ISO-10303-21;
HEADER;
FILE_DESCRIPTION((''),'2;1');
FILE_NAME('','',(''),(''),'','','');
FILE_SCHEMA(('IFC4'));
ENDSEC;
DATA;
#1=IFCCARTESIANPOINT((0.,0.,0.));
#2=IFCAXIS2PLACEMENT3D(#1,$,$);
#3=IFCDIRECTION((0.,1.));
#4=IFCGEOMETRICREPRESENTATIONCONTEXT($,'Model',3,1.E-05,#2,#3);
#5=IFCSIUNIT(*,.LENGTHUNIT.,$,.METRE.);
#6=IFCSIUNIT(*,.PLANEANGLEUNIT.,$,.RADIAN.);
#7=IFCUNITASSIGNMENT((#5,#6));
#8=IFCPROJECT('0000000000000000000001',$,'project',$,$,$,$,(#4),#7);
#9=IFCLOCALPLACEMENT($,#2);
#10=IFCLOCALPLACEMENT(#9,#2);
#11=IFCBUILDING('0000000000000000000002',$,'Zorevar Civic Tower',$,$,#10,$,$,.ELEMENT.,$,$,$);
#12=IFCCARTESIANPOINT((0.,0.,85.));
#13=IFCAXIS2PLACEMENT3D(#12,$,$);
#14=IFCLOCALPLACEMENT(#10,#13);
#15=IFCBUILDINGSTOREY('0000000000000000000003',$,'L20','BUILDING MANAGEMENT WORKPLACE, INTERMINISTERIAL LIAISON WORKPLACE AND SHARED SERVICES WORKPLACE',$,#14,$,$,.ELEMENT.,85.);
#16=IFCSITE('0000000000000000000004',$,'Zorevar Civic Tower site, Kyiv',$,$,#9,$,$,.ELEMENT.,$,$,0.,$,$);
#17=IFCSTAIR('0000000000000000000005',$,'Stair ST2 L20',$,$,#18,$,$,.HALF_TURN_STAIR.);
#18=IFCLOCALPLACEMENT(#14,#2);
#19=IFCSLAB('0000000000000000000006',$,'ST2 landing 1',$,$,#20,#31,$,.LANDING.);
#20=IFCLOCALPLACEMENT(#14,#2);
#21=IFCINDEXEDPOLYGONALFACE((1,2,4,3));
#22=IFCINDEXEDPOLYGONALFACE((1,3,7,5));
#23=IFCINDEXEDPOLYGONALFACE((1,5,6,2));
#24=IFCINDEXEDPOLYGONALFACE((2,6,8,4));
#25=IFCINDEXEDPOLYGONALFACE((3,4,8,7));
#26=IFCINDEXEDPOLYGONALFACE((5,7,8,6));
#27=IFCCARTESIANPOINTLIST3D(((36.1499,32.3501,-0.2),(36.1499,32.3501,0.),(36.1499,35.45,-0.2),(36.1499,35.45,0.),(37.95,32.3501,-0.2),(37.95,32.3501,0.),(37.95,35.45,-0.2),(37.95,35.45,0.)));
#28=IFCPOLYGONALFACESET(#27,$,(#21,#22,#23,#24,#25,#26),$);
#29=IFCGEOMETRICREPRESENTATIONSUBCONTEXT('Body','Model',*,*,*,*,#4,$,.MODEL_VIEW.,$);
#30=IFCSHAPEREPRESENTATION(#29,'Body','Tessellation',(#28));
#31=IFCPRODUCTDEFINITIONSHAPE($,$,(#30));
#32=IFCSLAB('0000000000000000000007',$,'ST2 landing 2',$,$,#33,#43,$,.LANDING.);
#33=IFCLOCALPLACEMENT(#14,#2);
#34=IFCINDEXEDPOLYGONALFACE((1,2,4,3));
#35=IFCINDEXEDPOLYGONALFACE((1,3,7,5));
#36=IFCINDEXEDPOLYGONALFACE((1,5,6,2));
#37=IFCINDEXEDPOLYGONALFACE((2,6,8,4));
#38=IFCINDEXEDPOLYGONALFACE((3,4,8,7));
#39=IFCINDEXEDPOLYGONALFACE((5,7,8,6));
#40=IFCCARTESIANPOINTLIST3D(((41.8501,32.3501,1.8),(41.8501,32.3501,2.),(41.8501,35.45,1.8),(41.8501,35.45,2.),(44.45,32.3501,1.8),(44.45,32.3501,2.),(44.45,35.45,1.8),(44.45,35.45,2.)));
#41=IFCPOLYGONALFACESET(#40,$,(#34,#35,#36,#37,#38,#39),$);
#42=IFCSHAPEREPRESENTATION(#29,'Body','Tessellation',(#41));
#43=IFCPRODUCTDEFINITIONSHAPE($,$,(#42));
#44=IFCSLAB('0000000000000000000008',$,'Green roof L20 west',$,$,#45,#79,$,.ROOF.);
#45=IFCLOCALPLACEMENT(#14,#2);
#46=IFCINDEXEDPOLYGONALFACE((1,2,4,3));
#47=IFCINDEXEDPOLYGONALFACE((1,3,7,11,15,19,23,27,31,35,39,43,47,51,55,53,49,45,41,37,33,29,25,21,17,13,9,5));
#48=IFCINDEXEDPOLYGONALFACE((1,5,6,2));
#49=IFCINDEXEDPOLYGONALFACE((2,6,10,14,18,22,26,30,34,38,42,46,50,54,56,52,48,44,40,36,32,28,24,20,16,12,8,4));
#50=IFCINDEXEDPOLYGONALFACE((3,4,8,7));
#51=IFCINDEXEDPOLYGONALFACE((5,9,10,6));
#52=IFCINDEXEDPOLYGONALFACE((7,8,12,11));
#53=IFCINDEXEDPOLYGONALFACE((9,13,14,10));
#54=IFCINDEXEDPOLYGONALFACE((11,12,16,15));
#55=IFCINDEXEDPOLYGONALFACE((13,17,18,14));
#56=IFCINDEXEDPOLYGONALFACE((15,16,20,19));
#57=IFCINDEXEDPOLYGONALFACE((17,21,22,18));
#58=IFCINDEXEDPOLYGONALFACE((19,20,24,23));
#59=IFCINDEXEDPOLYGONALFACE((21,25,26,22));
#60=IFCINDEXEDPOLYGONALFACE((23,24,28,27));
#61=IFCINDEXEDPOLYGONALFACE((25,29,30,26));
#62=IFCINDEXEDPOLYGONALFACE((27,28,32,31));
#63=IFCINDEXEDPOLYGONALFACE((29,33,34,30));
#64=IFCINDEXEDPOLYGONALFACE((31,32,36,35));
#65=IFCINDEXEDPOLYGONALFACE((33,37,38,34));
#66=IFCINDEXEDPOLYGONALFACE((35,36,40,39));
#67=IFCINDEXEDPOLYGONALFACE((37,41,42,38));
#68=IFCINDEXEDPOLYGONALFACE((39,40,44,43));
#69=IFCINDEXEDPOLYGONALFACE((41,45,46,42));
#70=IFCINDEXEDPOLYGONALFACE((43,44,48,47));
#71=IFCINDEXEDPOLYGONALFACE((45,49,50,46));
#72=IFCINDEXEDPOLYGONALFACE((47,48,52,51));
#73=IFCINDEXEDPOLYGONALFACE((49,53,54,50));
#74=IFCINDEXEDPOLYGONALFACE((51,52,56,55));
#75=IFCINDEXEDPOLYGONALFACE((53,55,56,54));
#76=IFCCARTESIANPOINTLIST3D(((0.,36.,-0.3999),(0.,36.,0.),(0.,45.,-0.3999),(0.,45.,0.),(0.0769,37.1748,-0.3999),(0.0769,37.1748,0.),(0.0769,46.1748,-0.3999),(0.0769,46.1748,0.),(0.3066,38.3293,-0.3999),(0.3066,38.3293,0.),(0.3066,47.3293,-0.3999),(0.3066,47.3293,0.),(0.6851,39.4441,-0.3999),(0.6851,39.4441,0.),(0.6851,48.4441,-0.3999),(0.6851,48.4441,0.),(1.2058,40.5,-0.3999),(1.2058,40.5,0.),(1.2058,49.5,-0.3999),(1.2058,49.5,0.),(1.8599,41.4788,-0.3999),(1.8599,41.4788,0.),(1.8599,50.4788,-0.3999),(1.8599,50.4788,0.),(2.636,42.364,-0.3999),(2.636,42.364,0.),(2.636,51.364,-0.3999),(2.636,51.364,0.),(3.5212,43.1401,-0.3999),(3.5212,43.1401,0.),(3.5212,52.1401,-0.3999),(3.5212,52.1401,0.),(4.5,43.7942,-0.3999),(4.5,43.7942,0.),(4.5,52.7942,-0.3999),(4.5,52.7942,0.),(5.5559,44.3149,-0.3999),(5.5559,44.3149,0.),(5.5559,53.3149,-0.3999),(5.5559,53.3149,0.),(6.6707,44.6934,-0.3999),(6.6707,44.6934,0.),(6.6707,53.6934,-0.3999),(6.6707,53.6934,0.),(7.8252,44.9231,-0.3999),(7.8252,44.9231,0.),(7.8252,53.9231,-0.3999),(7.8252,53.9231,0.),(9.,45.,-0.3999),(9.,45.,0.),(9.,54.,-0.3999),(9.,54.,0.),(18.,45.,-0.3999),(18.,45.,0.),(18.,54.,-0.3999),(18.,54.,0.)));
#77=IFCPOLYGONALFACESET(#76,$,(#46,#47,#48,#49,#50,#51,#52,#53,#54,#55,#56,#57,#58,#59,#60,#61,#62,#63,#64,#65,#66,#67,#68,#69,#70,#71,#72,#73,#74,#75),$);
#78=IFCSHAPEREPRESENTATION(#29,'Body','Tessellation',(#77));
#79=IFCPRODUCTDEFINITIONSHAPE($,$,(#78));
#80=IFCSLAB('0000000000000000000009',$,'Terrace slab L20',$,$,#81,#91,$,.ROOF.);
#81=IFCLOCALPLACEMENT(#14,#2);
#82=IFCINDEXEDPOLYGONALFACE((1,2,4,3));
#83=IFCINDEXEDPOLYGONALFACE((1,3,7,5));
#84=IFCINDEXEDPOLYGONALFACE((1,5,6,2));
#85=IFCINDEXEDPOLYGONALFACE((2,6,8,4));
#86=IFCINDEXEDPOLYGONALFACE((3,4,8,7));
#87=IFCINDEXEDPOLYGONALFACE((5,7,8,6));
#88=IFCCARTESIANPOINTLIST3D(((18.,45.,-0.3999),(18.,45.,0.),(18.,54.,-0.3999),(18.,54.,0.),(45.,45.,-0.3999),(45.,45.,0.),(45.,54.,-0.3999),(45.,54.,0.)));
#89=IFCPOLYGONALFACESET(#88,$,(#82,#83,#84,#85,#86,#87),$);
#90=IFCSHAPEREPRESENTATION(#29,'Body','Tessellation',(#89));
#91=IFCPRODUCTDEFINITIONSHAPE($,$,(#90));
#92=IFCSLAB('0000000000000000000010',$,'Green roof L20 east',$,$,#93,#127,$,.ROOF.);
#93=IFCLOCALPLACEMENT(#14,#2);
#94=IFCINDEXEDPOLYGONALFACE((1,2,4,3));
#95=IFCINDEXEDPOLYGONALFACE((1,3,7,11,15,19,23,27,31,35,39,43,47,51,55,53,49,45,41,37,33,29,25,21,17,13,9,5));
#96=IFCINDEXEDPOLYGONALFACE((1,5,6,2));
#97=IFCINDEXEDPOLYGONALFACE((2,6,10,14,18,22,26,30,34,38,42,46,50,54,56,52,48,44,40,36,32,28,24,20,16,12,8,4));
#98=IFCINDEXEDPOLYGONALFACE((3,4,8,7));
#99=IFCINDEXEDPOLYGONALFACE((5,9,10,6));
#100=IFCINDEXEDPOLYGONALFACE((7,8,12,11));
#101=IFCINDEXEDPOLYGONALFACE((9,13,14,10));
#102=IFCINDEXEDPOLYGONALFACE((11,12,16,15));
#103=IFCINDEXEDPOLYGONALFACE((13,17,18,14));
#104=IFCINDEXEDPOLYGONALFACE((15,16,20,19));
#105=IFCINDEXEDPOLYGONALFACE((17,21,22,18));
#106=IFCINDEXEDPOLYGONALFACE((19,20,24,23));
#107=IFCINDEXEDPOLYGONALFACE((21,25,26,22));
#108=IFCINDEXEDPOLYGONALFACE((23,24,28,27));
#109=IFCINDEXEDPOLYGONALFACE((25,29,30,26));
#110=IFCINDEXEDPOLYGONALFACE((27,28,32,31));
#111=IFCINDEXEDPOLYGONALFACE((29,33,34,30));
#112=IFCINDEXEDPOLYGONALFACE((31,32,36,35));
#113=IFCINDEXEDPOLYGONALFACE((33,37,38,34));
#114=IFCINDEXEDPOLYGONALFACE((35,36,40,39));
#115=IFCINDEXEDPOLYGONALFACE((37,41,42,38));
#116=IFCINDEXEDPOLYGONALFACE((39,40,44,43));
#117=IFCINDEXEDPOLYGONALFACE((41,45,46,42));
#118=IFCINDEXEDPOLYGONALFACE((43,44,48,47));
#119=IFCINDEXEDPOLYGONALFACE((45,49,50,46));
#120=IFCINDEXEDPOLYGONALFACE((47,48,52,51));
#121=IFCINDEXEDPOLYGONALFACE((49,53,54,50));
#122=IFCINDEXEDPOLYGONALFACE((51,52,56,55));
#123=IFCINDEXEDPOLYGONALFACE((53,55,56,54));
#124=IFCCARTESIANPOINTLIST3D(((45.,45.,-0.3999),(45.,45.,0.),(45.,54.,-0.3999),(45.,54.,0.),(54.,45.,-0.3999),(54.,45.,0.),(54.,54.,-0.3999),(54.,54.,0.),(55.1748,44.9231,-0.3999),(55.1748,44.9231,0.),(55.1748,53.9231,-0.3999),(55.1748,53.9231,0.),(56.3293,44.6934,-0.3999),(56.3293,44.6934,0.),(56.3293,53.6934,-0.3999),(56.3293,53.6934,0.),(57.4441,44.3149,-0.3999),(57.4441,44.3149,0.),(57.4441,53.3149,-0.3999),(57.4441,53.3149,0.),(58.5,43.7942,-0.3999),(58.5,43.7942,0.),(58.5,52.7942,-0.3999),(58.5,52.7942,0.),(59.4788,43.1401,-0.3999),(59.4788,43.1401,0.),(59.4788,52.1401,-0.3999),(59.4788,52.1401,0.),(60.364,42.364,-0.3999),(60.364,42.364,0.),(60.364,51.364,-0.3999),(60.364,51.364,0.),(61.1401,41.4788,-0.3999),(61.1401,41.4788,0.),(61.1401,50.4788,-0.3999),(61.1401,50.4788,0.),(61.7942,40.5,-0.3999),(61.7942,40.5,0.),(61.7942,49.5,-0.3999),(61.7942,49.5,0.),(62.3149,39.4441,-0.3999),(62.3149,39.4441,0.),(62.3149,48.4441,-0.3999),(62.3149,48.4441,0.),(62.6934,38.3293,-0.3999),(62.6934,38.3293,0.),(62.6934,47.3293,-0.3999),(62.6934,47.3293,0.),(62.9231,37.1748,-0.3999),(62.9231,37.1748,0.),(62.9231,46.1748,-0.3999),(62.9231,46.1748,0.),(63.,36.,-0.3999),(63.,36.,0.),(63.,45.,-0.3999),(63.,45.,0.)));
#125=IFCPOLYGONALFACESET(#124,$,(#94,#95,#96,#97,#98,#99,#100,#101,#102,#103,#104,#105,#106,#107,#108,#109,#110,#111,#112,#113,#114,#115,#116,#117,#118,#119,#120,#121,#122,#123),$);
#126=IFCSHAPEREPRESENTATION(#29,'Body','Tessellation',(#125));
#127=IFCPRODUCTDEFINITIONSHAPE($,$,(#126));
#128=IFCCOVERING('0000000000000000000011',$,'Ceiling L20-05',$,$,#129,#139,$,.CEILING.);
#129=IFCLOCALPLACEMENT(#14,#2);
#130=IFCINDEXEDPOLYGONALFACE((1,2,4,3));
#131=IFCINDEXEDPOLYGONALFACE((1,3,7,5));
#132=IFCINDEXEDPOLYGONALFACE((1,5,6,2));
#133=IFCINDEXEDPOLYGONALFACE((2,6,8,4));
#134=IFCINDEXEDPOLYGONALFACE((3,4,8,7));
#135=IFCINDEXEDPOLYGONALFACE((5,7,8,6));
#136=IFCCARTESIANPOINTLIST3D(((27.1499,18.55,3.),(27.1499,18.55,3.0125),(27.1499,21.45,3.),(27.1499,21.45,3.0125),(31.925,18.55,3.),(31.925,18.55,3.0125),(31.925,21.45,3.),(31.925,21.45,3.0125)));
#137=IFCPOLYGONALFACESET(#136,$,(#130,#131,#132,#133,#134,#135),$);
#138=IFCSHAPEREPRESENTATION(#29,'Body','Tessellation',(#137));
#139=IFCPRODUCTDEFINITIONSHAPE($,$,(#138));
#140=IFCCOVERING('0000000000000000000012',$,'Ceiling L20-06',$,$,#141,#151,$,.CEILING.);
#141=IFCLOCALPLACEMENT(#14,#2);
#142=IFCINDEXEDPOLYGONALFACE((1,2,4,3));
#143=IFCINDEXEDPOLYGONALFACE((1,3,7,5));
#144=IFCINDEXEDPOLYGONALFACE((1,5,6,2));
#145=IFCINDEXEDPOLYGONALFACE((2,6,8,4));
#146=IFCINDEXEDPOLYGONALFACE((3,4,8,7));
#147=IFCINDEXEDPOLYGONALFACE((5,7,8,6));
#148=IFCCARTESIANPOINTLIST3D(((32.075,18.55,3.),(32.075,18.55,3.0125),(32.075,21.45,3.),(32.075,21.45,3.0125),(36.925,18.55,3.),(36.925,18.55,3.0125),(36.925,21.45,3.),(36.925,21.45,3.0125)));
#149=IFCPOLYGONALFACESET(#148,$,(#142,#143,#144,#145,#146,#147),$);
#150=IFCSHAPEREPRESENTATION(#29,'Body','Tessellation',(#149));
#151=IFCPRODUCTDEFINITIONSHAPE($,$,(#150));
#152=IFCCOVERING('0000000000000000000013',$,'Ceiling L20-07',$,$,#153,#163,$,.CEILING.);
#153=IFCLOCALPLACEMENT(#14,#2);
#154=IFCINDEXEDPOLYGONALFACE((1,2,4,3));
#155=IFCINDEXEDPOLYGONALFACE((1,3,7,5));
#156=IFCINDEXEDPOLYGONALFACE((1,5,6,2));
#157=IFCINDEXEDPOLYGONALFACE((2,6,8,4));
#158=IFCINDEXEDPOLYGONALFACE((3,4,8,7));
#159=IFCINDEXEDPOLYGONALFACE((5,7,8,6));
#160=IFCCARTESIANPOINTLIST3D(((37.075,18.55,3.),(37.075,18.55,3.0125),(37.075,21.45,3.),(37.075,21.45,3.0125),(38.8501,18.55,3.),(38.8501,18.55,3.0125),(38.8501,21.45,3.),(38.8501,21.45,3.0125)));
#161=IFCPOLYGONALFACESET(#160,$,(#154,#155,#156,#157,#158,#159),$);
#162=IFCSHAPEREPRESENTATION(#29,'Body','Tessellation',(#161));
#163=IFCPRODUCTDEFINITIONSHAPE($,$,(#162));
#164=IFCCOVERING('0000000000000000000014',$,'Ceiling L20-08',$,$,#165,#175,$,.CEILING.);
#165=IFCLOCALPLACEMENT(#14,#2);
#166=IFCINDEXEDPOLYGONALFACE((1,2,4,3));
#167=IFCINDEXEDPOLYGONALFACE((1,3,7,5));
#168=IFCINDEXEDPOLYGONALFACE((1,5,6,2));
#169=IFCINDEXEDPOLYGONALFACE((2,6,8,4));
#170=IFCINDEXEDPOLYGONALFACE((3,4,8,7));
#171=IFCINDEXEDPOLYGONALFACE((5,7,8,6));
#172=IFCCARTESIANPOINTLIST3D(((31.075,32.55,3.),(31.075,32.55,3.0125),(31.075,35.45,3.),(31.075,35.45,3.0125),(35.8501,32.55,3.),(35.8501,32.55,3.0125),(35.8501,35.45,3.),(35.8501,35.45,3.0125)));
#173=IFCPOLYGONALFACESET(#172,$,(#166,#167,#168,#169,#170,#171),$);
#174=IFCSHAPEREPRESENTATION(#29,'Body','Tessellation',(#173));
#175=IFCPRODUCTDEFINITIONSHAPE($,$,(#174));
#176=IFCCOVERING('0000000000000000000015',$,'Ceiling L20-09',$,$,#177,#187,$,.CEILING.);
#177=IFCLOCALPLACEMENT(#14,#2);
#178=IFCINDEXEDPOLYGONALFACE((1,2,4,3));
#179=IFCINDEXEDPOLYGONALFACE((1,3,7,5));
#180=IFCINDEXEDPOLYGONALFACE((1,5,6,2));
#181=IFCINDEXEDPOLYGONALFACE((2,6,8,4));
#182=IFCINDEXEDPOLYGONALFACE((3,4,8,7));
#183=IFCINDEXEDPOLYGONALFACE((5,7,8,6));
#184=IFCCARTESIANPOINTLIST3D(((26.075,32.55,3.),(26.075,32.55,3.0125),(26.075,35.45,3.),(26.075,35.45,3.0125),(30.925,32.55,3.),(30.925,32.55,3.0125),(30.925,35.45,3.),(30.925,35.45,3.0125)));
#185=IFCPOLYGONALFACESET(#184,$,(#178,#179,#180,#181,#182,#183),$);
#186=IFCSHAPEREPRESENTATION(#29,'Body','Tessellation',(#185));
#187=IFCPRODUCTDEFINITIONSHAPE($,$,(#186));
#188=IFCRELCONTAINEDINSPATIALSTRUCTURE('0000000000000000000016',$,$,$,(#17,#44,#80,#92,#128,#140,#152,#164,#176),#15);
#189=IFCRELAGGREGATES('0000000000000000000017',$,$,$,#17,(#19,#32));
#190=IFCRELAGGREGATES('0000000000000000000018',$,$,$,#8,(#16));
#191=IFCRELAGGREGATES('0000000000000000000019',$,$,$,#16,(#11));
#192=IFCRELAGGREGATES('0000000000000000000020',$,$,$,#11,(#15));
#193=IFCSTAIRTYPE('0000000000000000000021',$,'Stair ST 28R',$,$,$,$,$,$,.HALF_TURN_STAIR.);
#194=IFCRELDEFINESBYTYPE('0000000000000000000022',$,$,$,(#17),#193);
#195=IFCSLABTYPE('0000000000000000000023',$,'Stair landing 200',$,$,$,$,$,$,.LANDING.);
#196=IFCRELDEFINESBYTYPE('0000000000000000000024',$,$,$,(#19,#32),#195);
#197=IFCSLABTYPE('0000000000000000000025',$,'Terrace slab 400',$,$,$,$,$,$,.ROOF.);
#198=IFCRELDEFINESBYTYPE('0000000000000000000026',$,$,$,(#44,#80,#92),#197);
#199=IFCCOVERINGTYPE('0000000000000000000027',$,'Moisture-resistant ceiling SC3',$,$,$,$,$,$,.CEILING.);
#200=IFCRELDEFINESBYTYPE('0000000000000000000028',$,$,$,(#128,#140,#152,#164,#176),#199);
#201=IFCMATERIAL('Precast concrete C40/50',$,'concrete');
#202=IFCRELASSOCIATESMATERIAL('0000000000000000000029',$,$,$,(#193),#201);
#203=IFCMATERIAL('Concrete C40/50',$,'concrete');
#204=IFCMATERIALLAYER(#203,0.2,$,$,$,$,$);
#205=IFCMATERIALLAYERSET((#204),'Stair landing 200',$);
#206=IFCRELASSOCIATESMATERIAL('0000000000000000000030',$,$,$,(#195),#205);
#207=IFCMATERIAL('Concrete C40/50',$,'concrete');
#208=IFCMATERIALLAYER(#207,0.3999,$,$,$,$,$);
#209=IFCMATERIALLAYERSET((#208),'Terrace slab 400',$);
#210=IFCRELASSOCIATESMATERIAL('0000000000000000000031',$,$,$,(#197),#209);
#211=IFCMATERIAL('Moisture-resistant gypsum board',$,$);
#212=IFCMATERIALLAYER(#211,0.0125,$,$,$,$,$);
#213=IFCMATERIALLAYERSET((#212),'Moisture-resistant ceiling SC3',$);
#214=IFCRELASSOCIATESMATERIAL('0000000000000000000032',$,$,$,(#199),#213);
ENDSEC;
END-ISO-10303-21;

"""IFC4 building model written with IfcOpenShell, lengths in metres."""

from ifc_helpers import new_model, si_unit, direction, frame, origin, place, context, subcontext, project, spatial, polyline, outline, extrude, material, layer, layer_set, type_object, element, aggregate, save


model = new_model("IFC4")

# Units and contexts
model_context = context("Model", 3, precision=1e-05, world=origin(), true_north=direction((0.0, 1.0)))
body_context = subcontext(model_context, "Body", "Model", "MODEL_VIEW")
ifc_project = project(units=[si_unit("LENGTHUNIT", "METRE"), si_unit("PLANEANGLEUNIT", "RADIAN")], contexts=[model_context])

# Site, building, storey
site_placement = place(None, origin())
site = spatial("IfcSite", under=ifc_project, at=site_placement, Name="Zorevar Civic Tower site, Kyiv", CompositionType="ELEMENT", RefElevation=0.0)
building_placement = place(site_placement, origin())
building = spatial("IfcBuilding", under=site, at=building_placement, Name="Zorevar Civic Tower", CompositionType="ELEMENT")
storey_placement = place(building_placement, frame((0.0, 0.0, 85.0)))
storey = spatial("IfcBuildingStorey", under=building, at=storey_placement, Name="L20", Description="BUILDING MANAGEMENT WORKPLACE, INTERMINISTERIAL LIAISON WORKPLACE AND SHARED SERVICES WORKPLACE", CompositionType="ELEMENT", Elevation=85.0)

# Stair, slabs
ifc_material_1 = material(Name="Precast concrete C40/50", Category="concrete")
stair_type = type_object("IfcStairType", Name="Stair ST 28R", PredefinedType="HALF_TURN_STAIR", material=ifc_material_1)
ifc_material_2 = material(Name="Concrete C40/50", Category="concrete")
ifc_layer_1 = layer(ifc_material_2, 0.2)
ifc_layer_set_1 = layer_set([ifc_layer_1], Name="Stair landing 200")
slab_type_1 = type_object("IfcSlabType", Name="Stair landing 200", PredefinedType="LANDING", material=ifc_layer_set_1)
stair_1_placement = place(storey_placement, origin())
stair_1 = element("IfcStair", 1, at=stair_1_placement, inside=storey, type_object=stair_type, Name="Stair ST2 L20", PredefinedType="HALF_TURN_STAIR")
slab_1_placement = place(storey_placement, frame((0.0, 0.0, -0.2)))
slab_1 = element("IfcSlab", 2, at=slab_1_placement, type_object=slab_type_1, Name="ST2 landing 1", PredefinedType="LANDING", context=body_context, shape_type="SweptSolid", body=[
    extrude(outline(polyline([(37.95, 32.3501), (36.1499, 32.3501), (36.1499, 35.45), (37.95, 35.45), (37.95, 32.3501)])), origin(), (0.0, 0.0, 1.0), 0.2),
])
slab_2_placement = place(storey_placement, frame((0.0, 0.0, 1.8)))
slab_2 = element("IfcSlab", 3, at=slab_2_placement, type_object=slab_type_1, Name="ST2 landing 2", PredefinedType="LANDING", context=body_context, shape_type="SweptSolid", body=[
    extrude(outline(polyline([(44.45, 32.3501), (41.8501, 32.3501), (41.8501, 35.45), (44.45, 35.45), (44.45, 32.3501)])), origin(), (0.0, 0.0, 1.0), 0.2),
])
aggregate(stair_1, [slab_1, slab_2])

# Slabs
ifc_material_3 = material(Name="Concrete C40/50", Category="concrete")
ifc_layer_2 = layer(ifc_material_3, 0.3999)
ifc_layer_set_2 = layer_set([ifc_layer_2], Name="Terrace slab 400")
slab_type_2 = type_object("IfcSlabType", Name="Terrace slab 400", PredefinedType="ROOF", material=ifc_layer_set_2)
slab_3_placement = place(storey_placement, frame((0.0, 0.0, -0.3999)))
element("IfcSlab", 4, at=slab_3_placement, inside=storey, type_object=slab_type_2, Name="Green roof L20 west", PredefinedType="ROOF", context=body_context, shape_type="SweptSolid", body=[
    extrude(outline(polyline([(0.0769, 46.1748), (0.3066, 47.3293), (0.6851, 48.4441), (1.2058, 49.5), (1.8599, 50.4788), (2.636, 51.364), (3.5212, 52.1401), (4.5, 52.7942), (5.5559, 53.3149), (6.6707, 53.6934), (7.8252, 53.9231), (9.0, 54.0), (18.0, 54.0), (18.0, 45.0), (9.0, 45.0), (7.8252, 44.9231), (6.6707, 44.6934), (5.5559, 44.3149), (4.5, 43.7942), (3.5212, 43.1401), (2.636, 42.364), (1.8599, 41.4788), (1.2058, 40.5), (0.6851, 39.4441), (0.3066, 38.3293), (0.0769, 37.1748), (0.0, 36.0), (0.0, 45.0), (0.0769, 46.1748)])), origin(), (0.0, 0.0, 1.0), 0.3999),
])
slab_4_placement = place(storey_placement, frame((0.0, 0.0, -0.3999)))
element("IfcSlab", 5, at=slab_4_placement, inside=storey, type_object=slab_type_2, Name="Terrace slab L20", PredefinedType="ROOF", context=body_context, shape_type="SweptSolid", body=[
    extrude(outline(polyline([(45.0, 54.0), (45.0, 45.0), (18.0, 45.0), (18.0, 54.0), (45.0, 54.0)])), origin(), (0.0, 0.0, 1.0), 0.3999),
])
slab_5_placement = place(storey_placement, frame((0.0, 0.0, -0.3999)))
element("IfcSlab", 6, at=slab_5_placement, inside=storey, type_object=slab_type_2, Name="Green roof L20 east", PredefinedType="ROOF", context=body_context, shape_type="SweptSolid", body=[
    extrude(outline(polyline([(54.0, 54.0), (55.1748, 53.9231), (56.3293, 53.6934), (57.4441, 53.3149), (58.5, 52.7942), (59.4788, 52.1401), (60.364, 51.364), (61.1401, 50.4788), (61.7942, 49.5), (62.3149, 48.4441), (62.6934, 47.3293), (62.9231, 46.1748), (63.0, 45.0), (63.0, 36.0), (62.9231, 37.1748), (62.6934, 38.3293), (62.3149, 39.4441), (61.7942, 40.5), (61.1401, 41.4788), (60.364, 42.364), (59.4788, 43.1401), (58.5, 43.7942), (57.4441, 44.3149), (56.3293, 44.6934), (55.1748, 44.9231), (54.0, 45.0), (45.0, 45.0), (45.0, 54.0), (54.0, 54.0)])), origin(), (0.0, 0.0, 1.0), 0.3999),
])

# Coverings
ifc_material_4 = material(Name="Moisture-resistant gypsum board")
ifc_layer_3 = layer(ifc_material_4, 0.0125)
ifc_layer_set_3 = layer_set([ifc_layer_3], Name="Moisture-resistant ceiling SC3")
covering_type_1 = type_object("IfcCoveringType", Name="Moisture-resistant ceiling SC3", PredefinedType="CEILING", material=ifc_layer_set_3)
covering_1_placement = place(storey_placement, frame((0.0, 0.0, 3.0)))
element("IfcCovering", 7, at=covering_1_placement, inside=storey, type_object=covering_type_1, Name="Ceiling L20-05", PredefinedType="CEILING", context=body_context, shape_type="SweptSolid", body=[
    extrude(outline(polyline([(31.925, 18.55), (31.925, 21.45), (27.1499, 21.45), (27.1499, 18.55), (31.925, 18.55)])), origin(), (0.0, 0.0, 1.0), 0.0125),
])
covering_2_placement = place(storey_placement, frame((0.0, 0.0, 3.0)))
element("IfcCovering", 8, at=covering_2_placement, inside=storey, type_object=covering_type_1, Name="Ceiling L20-06", PredefinedType="CEILING", context=body_context, shape_type="SweptSolid", body=[
    extrude(outline(polyline([(36.925, 18.55), (36.925, 21.45), (32.075, 21.45), (32.075, 18.55), (36.925, 18.55)])), origin(), (0.0, 0.0, 1.0), 0.0125),
])
covering_3_placement = place(storey_placement, frame((0.0, 0.0, 3.0)))
element("IfcCovering", 9, at=covering_3_placement, inside=storey, type_object=covering_type_1, Name="Ceiling L20-07", PredefinedType="CEILING", context=body_context, shape_type="SweptSolid", body=[
    extrude(outline(polyline([(38.8501, 18.55), (38.8501, 21.45), (37.075, 21.45), (37.075, 18.55), (38.8501, 18.55)])), origin(), (0.0, 0.0, 1.0), 0.0125),
])
covering_4_placement = place(storey_placement, frame((0.0, 0.0, 3.0)))
element("IfcCovering", 10, at=covering_4_placement, inside=storey, type_object=covering_type_1, Name="Ceiling L20-08", PredefinedType="CEILING", context=body_context, shape_type="SweptSolid", body=[
    extrude(outline(polyline([(35.8501, 32.55), (35.8501, 35.45), (31.075, 35.45), (31.075, 32.55), (35.8501, 32.55)])), origin(), (0.0, 0.0, 1.0), 0.0125),
])
covering_5_placement = place(storey_placement, frame((0.0, 0.0, 3.0)))
element("IfcCovering", 11, at=covering_5_placement, inside=storey, type_object=covering_type_1, Name="Ceiling L20-09", PredefinedType="CEILING", context=body_context, shape_type="SweptSolid", body=[
    extrude(outline(polyline([(30.925, 32.55), (30.925, 35.45), (26.075, 35.45), (26.075, 32.55), (30.925, 32.55)])), origin(), (0.0, 0.0, 1.0), 0.0125),
])

save(model, "model.ifc")
